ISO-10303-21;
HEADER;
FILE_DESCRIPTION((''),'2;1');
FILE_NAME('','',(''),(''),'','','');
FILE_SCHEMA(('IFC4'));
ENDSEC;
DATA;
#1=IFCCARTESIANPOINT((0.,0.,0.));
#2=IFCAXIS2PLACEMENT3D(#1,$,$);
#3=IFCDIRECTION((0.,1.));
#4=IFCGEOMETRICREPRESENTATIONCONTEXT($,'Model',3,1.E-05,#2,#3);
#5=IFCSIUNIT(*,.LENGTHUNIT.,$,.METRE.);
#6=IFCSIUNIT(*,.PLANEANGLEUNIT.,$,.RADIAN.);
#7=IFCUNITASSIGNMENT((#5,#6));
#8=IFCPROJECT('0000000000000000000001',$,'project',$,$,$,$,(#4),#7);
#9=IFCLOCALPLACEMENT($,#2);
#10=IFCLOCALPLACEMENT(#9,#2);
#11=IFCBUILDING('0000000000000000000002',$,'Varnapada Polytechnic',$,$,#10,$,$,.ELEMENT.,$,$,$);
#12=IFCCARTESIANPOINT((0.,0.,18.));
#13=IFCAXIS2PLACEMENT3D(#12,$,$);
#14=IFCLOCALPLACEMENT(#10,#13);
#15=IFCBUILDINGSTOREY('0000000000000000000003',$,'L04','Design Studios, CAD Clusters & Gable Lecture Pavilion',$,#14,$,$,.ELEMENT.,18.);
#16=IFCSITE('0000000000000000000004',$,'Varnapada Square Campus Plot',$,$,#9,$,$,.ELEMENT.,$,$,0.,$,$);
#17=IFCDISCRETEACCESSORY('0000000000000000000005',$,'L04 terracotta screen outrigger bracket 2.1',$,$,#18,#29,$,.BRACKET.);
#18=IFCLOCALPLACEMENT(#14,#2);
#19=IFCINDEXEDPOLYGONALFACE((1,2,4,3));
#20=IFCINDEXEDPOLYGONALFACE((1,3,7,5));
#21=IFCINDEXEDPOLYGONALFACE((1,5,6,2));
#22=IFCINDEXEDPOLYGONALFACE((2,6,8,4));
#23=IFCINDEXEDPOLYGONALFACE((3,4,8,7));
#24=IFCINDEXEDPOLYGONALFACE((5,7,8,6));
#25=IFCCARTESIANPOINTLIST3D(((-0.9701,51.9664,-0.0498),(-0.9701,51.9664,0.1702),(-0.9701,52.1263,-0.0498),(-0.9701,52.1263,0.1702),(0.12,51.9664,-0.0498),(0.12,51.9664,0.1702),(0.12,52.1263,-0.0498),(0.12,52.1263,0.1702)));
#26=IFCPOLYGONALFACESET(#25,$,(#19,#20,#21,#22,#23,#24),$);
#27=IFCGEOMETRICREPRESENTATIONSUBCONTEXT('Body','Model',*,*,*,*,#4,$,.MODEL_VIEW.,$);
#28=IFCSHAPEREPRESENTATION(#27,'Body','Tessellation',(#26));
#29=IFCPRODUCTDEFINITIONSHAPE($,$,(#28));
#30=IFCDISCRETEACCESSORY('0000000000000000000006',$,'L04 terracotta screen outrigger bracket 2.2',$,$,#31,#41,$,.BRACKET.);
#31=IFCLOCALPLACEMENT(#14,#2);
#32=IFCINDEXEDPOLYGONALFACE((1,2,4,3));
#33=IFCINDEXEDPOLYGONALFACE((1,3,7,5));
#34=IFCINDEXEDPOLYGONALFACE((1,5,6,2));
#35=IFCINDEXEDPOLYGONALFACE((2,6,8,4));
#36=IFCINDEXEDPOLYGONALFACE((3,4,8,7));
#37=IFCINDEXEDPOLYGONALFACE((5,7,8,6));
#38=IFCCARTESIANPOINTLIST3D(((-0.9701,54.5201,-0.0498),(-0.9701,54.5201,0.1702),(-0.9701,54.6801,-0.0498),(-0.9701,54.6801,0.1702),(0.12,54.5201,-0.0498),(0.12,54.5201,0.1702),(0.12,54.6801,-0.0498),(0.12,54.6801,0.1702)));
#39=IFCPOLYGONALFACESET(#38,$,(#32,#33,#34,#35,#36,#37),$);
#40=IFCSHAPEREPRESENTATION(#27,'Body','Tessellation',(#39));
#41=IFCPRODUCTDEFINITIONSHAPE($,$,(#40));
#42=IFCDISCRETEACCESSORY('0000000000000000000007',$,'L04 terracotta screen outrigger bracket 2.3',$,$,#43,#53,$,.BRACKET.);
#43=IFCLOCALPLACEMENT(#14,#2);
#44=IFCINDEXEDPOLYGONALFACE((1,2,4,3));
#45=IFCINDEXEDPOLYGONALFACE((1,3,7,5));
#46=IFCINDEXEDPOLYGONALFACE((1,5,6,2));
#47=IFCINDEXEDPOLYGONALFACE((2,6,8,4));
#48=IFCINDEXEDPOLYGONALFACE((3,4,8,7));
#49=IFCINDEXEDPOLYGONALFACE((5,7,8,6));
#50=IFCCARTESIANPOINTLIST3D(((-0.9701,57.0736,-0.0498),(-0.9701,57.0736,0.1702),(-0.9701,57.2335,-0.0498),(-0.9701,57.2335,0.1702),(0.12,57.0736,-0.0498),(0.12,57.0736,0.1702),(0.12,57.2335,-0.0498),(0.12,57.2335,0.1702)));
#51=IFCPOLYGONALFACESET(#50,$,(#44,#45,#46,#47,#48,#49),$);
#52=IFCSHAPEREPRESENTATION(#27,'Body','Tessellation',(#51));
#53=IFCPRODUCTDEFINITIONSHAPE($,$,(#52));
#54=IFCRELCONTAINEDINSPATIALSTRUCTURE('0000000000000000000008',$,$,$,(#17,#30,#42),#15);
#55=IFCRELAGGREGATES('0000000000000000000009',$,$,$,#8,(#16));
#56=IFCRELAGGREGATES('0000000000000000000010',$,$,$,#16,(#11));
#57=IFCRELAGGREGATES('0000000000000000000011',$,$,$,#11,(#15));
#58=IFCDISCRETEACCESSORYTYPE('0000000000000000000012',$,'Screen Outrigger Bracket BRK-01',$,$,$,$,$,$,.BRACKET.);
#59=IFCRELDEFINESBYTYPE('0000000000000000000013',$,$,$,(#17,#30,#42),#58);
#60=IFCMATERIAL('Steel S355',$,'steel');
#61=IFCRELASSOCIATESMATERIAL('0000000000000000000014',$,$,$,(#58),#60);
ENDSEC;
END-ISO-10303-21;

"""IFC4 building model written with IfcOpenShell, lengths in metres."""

from ifc_helpers import new_model, si_unit, direction, frame, origin, origin_2d, place, context, subcontext, project, spatial, rectangle, extrude, material, type_object, element, save


model = new_model("IFC4")

# Units and contexts
model_context = context("Model", 3, precision=1e-05, world=origin(), true_north=direction((0.0, 1.0)))
body_context = subcontext(model_context, "Body", "Model", "MODEL_VIEW")
ifc_project = project(units=[si_unit("LENGTHUNIT", "METRE"), si_unit("PLANEANGLEUNIT", "RADIAN")], contexts=[model_context])

# Site, building, storey
site_placement = place(None, origin())
site = spatial("IfcSite", under=ifc_project, at=site_placement, Name="Varnapada Square Campus Plot", CompositionType="ELEMENT", RefElevation=0.0)
building_placement = place(site_placement, origin())
building = spatial("IfcBuilding", under=site, at=building_placement, Name="Varnapada Polytechnic", CompositionType="ELEMENT")
storey_placement = place(building_placement, frame((0.0, 0.0, 18.0)))
storey = spatial("IfcBuildingStorey", under=building, at=storey_placement, Name="L04", Description="Design Studios, CAD Clusters & Gable Lecture Pavilion", CompositionType="ELEMENT", Elevation=18.0)

# Discrete accessories
ifc_material_1 = material(Name="Steel S355", Category="steel")
discrete_accessory_type = type_object("IfcDiscreteAccessoryType", Name="Screen Outrigger Bracket BRK-01", PredefinedType="BRACKET", material=ifc_material_1)
for number, where, z_axis, x_axis, name in (
    (1, (-0.425, 52.0464, -0.0498), (0.0, 0.0, 1.0), (0.0, 1.0, 0.0), "L04 terracotta screen outrigger bracket 2.1"),
    (2, (-0.425, 54.6001, -0.0498), (0.0, 0.0, 1.0), (0.0, 1.0, 0.0), "L04 terracotta screen outrigger bracket 2.2"),
    (3, (-0.425, 57.1536, -0.0498), (0.0, 0.0, 1.0), (0.0, 1.0, 0.0), "L04 terracotta screen outrigger bracket 2.3"),
):
    element("IfcDiscreteAccessory", number, at=place(storey_placement, frame(where, z_axis=z_axis, x_axis=x_axis)), inside=storey, type_object=discrete_accessory_type, Name=name, PredefinedType="BRACKET", context=body_context, shape_type="SweptSolid", body=[
        extrude(rectangle(XDim=0.1599, YDim=1.0901, at=origin_2d()), origin(), (0.0, 0.0, 1.0), 0.22),
    ])

save(model, "model.ifc")
